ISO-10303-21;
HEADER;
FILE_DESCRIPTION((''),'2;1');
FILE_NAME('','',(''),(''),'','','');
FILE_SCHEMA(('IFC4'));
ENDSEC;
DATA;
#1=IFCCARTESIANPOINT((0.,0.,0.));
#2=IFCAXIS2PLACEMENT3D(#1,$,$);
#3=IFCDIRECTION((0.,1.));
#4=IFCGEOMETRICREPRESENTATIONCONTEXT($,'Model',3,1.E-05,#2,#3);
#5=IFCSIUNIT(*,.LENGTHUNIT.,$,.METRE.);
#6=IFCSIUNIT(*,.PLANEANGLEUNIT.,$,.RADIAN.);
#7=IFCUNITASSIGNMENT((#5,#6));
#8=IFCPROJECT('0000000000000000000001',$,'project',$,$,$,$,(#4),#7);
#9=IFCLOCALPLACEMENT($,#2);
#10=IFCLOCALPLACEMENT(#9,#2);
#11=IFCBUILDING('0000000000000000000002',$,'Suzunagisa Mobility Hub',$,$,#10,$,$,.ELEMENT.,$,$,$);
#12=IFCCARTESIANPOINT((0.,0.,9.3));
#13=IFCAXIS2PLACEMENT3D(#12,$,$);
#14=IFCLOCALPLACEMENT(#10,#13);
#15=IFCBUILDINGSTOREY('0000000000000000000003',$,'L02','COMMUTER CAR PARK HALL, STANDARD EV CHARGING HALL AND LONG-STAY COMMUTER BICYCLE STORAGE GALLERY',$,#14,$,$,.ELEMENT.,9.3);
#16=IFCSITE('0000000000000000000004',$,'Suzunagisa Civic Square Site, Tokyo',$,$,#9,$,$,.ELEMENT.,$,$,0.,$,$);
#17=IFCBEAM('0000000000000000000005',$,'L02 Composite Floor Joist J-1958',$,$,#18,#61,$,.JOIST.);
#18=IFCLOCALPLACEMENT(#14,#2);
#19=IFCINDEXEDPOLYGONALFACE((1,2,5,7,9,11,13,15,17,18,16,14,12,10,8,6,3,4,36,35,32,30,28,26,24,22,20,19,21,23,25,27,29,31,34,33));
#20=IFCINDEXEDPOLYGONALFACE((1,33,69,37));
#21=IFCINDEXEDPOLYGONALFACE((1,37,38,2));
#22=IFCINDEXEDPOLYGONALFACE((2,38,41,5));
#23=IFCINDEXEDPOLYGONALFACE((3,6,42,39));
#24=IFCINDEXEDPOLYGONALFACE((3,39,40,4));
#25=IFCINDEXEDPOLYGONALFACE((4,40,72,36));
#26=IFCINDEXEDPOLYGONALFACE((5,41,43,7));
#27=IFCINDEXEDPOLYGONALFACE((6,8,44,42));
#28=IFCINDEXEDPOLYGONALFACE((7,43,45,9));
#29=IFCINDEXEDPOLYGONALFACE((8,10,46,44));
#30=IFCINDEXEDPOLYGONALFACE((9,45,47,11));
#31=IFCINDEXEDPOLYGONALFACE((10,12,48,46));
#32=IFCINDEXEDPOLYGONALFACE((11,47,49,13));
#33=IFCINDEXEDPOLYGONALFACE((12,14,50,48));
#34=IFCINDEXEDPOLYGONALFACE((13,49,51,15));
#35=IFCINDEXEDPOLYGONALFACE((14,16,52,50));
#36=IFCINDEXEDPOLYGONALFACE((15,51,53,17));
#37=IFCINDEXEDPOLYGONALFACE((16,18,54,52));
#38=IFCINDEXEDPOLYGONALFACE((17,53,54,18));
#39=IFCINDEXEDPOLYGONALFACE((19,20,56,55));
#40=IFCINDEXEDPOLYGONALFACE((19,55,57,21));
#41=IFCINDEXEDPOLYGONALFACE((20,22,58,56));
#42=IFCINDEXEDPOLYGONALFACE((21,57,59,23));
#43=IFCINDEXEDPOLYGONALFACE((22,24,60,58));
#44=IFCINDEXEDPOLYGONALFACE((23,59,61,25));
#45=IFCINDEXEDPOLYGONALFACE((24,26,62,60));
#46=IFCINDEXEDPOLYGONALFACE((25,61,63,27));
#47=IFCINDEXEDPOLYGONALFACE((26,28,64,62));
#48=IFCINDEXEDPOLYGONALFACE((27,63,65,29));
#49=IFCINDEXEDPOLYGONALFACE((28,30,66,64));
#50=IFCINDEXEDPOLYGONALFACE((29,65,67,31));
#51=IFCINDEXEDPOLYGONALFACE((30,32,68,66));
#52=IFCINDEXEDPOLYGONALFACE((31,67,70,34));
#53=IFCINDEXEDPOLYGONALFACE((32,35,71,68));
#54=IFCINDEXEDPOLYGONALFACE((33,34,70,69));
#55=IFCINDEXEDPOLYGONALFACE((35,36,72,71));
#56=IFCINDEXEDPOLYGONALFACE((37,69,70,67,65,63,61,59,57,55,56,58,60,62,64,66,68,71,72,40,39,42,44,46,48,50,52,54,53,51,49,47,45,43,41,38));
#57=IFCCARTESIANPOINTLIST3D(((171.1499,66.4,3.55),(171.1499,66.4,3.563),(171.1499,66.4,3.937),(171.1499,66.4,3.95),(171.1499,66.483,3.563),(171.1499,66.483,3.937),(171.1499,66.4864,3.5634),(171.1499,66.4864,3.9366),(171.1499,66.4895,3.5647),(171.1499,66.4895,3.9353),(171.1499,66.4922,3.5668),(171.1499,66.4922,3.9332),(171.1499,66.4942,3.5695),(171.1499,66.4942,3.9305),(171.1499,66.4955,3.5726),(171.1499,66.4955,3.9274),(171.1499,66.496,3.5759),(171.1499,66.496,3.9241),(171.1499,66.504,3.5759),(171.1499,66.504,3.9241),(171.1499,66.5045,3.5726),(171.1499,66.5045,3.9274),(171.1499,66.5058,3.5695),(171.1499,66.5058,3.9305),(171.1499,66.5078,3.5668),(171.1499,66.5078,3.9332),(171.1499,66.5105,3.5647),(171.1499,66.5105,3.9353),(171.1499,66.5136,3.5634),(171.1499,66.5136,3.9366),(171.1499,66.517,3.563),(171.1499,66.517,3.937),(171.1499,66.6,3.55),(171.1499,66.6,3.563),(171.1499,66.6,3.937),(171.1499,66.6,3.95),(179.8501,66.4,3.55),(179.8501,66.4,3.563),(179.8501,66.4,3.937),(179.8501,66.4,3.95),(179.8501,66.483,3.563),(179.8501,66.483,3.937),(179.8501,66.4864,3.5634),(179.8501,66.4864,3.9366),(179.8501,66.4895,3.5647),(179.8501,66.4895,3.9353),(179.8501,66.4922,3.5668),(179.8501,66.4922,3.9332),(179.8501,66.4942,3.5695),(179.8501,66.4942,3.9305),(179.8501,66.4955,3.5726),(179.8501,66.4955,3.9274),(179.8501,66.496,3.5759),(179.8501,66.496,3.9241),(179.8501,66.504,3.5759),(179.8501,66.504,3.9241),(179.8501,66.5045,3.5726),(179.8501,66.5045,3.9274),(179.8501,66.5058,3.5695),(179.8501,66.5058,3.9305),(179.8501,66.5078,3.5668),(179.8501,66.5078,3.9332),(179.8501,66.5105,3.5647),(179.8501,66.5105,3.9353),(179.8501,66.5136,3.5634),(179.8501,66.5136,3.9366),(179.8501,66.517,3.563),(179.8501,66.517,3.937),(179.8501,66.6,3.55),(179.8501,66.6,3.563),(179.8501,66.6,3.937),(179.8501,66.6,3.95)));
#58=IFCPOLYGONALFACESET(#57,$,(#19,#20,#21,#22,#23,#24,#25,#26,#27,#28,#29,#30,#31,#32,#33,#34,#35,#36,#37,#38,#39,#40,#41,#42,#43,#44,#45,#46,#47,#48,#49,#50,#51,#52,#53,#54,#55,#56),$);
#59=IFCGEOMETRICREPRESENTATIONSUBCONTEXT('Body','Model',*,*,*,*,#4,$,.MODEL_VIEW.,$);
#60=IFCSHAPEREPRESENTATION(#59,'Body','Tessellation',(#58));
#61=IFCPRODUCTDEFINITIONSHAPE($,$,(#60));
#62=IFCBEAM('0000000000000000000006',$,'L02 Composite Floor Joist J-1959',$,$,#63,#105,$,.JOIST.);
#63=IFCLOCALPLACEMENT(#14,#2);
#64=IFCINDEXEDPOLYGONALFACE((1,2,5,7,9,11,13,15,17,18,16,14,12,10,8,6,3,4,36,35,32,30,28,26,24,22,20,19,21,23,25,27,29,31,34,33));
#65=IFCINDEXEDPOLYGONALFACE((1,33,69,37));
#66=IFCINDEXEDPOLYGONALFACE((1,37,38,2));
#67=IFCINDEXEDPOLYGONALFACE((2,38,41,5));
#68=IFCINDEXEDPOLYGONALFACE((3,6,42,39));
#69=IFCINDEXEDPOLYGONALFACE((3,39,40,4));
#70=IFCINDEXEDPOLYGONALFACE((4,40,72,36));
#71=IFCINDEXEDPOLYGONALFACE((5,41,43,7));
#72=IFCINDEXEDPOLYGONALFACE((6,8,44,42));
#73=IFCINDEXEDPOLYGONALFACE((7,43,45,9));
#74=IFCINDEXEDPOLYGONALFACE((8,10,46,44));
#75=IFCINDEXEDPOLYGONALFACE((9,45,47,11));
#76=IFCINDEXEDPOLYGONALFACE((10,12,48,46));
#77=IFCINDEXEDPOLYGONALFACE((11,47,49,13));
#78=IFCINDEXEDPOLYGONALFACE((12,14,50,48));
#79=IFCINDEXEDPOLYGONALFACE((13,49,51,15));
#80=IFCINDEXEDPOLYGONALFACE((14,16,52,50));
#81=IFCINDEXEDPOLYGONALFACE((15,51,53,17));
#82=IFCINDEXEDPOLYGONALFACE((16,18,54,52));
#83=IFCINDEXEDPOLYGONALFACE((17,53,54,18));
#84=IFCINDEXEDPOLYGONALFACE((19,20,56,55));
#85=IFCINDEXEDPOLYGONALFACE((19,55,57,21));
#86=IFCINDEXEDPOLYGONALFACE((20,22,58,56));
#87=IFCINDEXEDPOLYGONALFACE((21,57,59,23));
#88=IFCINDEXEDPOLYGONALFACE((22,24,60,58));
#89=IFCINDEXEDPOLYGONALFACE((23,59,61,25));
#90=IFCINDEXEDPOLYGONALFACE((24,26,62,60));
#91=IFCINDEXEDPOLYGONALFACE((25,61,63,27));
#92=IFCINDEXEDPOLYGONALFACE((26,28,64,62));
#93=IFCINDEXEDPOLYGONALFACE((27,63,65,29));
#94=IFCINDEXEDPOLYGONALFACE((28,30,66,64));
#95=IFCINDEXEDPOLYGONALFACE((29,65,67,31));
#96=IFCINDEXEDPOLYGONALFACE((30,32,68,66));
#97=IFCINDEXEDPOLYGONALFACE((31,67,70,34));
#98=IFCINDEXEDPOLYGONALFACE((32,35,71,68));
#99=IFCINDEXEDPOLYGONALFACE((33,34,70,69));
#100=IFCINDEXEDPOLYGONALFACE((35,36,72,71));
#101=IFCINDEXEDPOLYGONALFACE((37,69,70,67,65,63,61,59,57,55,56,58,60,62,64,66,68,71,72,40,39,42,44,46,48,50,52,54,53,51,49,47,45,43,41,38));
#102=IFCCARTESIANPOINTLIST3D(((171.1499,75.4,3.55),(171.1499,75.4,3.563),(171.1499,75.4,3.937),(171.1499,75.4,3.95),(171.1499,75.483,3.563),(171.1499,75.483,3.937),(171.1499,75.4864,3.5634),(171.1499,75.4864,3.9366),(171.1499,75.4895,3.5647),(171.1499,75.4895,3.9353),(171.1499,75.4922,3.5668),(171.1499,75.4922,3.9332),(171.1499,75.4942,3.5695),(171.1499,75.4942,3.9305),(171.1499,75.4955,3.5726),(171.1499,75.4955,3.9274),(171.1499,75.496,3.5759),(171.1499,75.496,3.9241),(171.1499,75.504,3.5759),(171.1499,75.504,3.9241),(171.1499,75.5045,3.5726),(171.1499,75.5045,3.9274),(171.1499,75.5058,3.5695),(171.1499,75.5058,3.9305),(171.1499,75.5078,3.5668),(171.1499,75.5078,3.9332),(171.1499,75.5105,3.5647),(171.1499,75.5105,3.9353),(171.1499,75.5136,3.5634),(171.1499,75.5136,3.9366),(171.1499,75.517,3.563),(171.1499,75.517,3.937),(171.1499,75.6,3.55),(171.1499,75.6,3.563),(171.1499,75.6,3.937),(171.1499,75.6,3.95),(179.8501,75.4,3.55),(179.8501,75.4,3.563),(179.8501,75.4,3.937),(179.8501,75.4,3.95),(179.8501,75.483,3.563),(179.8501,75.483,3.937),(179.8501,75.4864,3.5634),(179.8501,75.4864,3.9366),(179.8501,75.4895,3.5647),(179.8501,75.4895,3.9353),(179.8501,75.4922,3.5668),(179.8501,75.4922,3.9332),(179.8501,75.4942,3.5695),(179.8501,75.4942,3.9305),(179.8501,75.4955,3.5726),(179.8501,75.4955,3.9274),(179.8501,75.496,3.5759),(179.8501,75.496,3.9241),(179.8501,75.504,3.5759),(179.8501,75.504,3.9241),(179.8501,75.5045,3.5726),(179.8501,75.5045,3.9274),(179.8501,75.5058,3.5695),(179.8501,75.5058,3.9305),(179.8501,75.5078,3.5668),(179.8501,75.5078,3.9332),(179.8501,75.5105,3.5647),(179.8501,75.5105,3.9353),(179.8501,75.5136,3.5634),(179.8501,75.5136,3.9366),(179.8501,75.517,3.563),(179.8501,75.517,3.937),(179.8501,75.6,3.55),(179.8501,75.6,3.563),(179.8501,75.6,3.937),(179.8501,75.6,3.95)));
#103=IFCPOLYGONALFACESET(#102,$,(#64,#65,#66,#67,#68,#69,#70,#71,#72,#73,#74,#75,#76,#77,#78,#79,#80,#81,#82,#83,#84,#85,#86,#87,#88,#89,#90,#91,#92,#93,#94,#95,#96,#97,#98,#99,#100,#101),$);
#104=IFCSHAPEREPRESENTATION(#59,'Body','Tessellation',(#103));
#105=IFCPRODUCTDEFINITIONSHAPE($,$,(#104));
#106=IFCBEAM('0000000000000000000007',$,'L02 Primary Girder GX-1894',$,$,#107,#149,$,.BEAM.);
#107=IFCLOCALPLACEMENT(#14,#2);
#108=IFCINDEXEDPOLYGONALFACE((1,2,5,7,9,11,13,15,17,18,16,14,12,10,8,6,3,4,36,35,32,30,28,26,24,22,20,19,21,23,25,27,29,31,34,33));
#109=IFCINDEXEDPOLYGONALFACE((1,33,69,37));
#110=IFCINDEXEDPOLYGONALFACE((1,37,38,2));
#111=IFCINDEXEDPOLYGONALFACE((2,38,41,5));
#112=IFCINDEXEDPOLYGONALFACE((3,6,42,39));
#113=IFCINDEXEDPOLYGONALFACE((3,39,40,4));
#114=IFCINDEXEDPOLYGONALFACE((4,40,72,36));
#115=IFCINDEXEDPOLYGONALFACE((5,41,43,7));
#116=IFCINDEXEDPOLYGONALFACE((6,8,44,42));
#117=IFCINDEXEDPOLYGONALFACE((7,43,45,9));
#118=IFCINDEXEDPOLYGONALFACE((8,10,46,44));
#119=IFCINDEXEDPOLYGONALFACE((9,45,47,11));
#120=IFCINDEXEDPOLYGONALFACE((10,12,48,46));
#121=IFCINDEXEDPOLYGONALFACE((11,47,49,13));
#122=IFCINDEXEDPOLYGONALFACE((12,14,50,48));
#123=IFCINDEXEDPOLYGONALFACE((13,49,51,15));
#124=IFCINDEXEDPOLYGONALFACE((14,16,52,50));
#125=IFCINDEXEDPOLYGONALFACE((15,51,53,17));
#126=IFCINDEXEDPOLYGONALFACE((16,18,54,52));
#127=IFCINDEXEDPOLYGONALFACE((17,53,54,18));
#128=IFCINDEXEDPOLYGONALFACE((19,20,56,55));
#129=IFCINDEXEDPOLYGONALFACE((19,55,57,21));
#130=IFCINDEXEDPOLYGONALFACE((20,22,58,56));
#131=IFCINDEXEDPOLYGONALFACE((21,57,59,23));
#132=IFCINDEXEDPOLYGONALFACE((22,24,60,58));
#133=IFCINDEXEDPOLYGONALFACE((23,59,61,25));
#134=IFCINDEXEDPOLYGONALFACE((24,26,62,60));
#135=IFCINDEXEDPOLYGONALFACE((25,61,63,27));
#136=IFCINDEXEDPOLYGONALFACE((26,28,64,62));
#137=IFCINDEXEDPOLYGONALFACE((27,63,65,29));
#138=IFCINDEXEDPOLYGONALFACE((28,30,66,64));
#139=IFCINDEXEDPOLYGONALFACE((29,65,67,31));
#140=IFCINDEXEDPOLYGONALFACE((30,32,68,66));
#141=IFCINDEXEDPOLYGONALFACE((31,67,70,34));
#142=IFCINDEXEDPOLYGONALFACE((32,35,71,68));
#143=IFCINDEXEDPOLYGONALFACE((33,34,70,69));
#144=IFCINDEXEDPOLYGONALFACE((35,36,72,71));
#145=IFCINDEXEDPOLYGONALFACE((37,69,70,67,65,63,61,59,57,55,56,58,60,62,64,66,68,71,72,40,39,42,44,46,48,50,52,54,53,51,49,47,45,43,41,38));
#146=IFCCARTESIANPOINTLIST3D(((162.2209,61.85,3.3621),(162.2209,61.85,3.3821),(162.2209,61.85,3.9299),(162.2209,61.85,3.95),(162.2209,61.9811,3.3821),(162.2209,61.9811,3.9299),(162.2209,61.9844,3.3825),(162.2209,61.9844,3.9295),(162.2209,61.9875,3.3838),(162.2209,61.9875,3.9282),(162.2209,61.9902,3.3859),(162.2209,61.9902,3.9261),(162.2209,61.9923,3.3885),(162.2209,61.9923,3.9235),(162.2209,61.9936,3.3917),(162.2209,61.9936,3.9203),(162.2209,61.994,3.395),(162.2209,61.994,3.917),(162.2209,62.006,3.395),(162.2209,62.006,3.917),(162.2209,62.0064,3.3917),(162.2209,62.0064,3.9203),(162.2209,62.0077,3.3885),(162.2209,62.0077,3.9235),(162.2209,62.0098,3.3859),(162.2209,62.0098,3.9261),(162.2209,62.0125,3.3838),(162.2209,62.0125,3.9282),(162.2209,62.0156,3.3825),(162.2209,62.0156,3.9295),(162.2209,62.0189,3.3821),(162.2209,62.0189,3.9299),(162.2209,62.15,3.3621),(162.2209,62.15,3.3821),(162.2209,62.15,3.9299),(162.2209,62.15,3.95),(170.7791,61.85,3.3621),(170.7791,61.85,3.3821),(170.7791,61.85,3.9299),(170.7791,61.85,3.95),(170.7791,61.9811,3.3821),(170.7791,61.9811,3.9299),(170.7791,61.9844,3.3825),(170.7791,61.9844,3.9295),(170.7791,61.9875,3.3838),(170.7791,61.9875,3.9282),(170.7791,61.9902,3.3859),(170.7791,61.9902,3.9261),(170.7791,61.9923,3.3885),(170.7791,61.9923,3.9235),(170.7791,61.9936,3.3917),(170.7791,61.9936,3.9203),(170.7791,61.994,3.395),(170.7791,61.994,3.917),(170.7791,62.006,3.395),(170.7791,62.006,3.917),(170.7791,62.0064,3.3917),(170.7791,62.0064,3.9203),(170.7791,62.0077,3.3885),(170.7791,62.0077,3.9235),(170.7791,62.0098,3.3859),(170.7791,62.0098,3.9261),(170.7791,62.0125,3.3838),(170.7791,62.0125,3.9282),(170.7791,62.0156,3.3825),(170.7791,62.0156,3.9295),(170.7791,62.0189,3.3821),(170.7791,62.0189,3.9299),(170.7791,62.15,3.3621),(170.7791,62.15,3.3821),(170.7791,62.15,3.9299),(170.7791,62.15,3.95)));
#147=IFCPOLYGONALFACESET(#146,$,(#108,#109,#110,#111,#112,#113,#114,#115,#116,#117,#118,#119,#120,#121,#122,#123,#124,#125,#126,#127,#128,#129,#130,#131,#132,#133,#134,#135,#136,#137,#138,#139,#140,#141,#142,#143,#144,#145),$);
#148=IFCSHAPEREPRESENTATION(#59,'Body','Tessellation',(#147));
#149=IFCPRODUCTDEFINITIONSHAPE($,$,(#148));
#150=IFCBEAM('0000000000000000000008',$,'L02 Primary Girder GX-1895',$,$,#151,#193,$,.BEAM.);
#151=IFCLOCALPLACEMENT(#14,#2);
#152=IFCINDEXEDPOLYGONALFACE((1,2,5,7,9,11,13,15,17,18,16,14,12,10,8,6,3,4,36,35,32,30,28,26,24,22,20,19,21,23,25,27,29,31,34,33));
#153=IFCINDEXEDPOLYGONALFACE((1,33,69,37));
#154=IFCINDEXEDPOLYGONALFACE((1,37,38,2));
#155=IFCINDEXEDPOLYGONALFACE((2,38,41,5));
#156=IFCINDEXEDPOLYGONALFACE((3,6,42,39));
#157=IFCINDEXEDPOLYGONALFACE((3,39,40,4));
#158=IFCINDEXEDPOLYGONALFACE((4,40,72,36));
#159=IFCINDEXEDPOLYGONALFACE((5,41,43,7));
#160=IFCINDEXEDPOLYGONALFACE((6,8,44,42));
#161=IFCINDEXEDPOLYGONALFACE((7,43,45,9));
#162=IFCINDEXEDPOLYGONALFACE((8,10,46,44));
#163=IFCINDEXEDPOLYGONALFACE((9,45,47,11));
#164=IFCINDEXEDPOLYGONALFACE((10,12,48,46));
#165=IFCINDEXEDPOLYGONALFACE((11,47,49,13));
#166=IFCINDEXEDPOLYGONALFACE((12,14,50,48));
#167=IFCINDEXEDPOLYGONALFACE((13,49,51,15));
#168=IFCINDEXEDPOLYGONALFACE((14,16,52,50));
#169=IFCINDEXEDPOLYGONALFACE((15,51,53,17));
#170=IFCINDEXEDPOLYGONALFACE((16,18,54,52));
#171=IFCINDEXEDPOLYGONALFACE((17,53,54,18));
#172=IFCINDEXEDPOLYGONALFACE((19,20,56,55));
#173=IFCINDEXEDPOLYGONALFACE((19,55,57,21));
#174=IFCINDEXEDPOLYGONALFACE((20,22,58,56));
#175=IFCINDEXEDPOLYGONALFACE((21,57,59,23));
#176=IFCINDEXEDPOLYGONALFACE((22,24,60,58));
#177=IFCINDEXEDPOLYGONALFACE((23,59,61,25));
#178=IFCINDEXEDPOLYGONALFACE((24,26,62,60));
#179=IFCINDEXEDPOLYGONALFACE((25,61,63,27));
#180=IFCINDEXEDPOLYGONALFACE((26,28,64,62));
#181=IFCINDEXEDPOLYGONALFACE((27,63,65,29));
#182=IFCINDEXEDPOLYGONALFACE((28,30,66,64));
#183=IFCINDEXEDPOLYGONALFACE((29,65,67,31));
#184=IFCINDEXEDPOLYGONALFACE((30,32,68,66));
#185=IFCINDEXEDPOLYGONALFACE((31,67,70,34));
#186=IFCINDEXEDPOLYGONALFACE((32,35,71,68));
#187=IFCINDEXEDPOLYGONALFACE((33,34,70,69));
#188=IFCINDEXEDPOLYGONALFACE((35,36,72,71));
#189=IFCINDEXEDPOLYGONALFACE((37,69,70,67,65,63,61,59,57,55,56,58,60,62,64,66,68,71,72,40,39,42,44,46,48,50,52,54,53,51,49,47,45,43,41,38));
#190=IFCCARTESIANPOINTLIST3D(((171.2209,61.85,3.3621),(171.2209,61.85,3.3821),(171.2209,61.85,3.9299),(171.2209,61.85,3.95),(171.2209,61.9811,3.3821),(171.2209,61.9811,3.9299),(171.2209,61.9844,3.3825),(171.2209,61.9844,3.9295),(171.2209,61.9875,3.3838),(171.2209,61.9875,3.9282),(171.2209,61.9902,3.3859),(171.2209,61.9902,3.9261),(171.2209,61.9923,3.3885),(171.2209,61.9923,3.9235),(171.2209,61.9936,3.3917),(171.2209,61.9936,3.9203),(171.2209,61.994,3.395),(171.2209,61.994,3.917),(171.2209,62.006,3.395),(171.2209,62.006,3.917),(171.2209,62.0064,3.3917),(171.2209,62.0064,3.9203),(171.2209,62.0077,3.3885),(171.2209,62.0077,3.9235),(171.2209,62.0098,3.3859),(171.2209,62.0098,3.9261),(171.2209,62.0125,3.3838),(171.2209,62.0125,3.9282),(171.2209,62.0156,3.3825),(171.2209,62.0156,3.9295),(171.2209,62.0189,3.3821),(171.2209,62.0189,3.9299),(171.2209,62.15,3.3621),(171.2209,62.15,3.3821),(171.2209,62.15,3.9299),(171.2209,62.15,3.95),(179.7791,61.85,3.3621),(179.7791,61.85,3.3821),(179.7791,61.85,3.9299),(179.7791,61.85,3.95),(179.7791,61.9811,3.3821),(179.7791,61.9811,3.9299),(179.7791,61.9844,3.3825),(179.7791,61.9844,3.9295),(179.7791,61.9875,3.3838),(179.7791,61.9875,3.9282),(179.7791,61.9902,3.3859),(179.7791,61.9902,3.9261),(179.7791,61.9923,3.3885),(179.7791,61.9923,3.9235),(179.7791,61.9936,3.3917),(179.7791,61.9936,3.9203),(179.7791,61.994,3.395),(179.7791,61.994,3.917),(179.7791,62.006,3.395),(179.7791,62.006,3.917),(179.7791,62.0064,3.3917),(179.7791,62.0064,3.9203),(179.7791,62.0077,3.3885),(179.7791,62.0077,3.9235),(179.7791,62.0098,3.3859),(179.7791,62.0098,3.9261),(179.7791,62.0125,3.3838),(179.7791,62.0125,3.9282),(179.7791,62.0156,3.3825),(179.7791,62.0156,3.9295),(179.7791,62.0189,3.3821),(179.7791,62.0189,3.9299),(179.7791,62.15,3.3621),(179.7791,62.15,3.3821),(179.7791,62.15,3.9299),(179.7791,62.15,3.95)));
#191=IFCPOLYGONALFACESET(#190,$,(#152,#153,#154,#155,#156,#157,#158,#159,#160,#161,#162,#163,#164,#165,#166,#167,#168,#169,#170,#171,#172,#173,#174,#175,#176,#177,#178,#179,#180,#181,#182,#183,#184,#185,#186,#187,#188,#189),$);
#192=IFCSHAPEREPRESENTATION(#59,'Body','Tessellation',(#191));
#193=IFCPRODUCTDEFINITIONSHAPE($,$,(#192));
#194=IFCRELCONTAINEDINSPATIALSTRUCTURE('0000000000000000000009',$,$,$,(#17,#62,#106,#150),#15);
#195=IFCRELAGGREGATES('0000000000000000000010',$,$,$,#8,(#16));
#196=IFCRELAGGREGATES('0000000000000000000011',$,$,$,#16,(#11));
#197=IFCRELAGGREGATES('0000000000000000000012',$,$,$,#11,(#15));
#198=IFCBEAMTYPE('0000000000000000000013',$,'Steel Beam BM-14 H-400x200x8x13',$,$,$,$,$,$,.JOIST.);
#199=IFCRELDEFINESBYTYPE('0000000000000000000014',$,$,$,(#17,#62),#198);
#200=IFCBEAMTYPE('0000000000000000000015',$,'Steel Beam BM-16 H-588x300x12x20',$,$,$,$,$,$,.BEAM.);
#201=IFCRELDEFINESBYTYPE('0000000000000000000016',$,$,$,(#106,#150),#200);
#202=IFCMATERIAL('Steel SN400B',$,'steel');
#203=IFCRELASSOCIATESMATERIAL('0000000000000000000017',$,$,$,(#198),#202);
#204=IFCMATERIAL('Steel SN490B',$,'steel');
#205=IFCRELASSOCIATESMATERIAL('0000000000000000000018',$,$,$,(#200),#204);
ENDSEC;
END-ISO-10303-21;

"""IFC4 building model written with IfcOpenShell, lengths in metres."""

from ifc_helpers import new_model, si_unit, direction, frame, origin, origin_2d, place, context, subcontext, project, spatial, i_section, extrude, material, material_profile, profile_set, type_object, element, save


model = new_model("IFC4")

# Units and contexts
model_context = context("Model", 3, precision=1e-05, world=origin(), true_north=direction((0.0, 1.0)))
body_context = subcontext(model_context, "Body", "Model", "MODEL_VIEW")
ifc_project = project(units=[si_unit("LENGTHUNIT", "METRE"), si_unit("PLANEANGLEUNIT", "RADIAN")], contexts=[model_context])

# Site, building, storey
site_placement = place(None, origin())
site = spatial("IfcSite", under=ifc_project, at=site_placement, Name="Suzunagisa Civic Square Site, Tokyo", CompositionType="ELEMENT", RefElevation=0.0)
building_placement = place(site_placement, origin())
building = spatial("IfcBuilding", under=site, at=building_placement, Name="Suzunagisa Mobility Hub", CompositionType="ELEMENT")
storey_placement = place(building_placement, frame((0.0, 0.0, 9.3)))
storey = spatial("IfcBuildingStorey", under=building, at=storey_placement, Name="L02", Description="COMMUTER CAR PARK HALL, STANDARD EV CHARGING HALL AND LONG-STAY COMMUTER BICYCLE STORAGE GALLERY", CompositionType="ELEMENT", Elevation=9.3)

# Shared definitions
ifc_material_1 = material(Name="Steel SN490B", Category="steel")

# Beams
ifc_material_2 = material(Name="Steel SN400B", Category="steel")
ifc_material_profile_1 = material_profile(ifc_material_2, i_section(OverallWidth=0.2, OverallDepth=0.3999, WebThickness=0.0081, FlangeThickness=0.0129, FilletRadius=0.0129, at=origin_2d()), Name="H-400x200x8x13")
ifc_profile_set_1 = profile_set([ifc_material_profile_1], Name="Steel SN400B")
beam_type_1 = type_object("IfcBeamType", Name="Steel Beam BM-14 H-400x200x8x13", PredefinedType="JOIST", material=ifc_profile_set_1)
for number, where, z_axis, x_axis, name in (
    (1, (171.1499, 66.5, 3.75), (1.0, 0.0, 0.0), (0.0, 1.0, 0.0), "L02 Composite Floor Joist J-1958"),
    (2, (171.1499, 75.5, 3.75), (1.0, 0.0, 0.0), (0.0, 1.0, 0.0), "L02 Composite Floor Joist J-1959"),
):
    element("IfcBeam", number, at=place(storey_placement, frame(where, z_axis=z_axis, x_axis=x_axis)), inside=storey, type_object=beam_type_1, Name=name, PredefinedType="JOIST", context=body_context, shape_type="SweptSolid", body=[
        extrude(i_section(OverallWidth=0.2, OverallDepth=0.3999, WebThickness=0.0081, FlangeThickness=0.0129, FilletRadius=0.0129, at=origin_2d()), origin(), (0.0, 0.0, 1.0), 8.7002),
    ])
ifc_material_profile_2 = material_profile(ifc_material_1, i_section(OverallWidth=0.3, OverallDepth=0.5879, WebThickness=0.012, FlangeThickness=0.02, FilletRadius=0.0129, at=origin_2d()), Name="H-588x300x12x20")
ifc_profile_set_2 = profile_set([ifc_material_profile_2], Name="Steel SN490B")
beam_type_2 = type_object("IfcBeamType", Name="Steel Beam BM-16 H-588x300x12x20", PredefinedType="BEAM", material=ifc_profile_set_2)
for number, where, z_axis, x_axis, name in (
    (3, (162.2209, 62.0, 3.656), (1.0, 0.0, 0.0), (0.0, 1.0, 0.0), "L02 Primary Girder GX-1894"),
    (4, (171.2209, 62.0, 3.656), (1.0, 0.0, 0.0), (0.0, 1.0, 0.0), "L02 Primary Girder GX-1895"),
):
    element("IfcBeam", number, at=place(storey_placement, frame(where, z_axis=z_axis, x_axis=x_axis)), inside=storey, type_object=beam_type_2, Name=name, PredefinedType="BEAM", context=body_context, shape_type="SweptSolid", body=[
        extrude(i_section(OverallWidth=0.3, OverallDepth=0.5879, WebThickness=0.012, FlangeThickness=0.02, FilletRadius=0.0129, at=origin_2d()), origin(), (0.0, 0.0, 1.0), 8.5581),
    ])

save(model, "model.ifc")
